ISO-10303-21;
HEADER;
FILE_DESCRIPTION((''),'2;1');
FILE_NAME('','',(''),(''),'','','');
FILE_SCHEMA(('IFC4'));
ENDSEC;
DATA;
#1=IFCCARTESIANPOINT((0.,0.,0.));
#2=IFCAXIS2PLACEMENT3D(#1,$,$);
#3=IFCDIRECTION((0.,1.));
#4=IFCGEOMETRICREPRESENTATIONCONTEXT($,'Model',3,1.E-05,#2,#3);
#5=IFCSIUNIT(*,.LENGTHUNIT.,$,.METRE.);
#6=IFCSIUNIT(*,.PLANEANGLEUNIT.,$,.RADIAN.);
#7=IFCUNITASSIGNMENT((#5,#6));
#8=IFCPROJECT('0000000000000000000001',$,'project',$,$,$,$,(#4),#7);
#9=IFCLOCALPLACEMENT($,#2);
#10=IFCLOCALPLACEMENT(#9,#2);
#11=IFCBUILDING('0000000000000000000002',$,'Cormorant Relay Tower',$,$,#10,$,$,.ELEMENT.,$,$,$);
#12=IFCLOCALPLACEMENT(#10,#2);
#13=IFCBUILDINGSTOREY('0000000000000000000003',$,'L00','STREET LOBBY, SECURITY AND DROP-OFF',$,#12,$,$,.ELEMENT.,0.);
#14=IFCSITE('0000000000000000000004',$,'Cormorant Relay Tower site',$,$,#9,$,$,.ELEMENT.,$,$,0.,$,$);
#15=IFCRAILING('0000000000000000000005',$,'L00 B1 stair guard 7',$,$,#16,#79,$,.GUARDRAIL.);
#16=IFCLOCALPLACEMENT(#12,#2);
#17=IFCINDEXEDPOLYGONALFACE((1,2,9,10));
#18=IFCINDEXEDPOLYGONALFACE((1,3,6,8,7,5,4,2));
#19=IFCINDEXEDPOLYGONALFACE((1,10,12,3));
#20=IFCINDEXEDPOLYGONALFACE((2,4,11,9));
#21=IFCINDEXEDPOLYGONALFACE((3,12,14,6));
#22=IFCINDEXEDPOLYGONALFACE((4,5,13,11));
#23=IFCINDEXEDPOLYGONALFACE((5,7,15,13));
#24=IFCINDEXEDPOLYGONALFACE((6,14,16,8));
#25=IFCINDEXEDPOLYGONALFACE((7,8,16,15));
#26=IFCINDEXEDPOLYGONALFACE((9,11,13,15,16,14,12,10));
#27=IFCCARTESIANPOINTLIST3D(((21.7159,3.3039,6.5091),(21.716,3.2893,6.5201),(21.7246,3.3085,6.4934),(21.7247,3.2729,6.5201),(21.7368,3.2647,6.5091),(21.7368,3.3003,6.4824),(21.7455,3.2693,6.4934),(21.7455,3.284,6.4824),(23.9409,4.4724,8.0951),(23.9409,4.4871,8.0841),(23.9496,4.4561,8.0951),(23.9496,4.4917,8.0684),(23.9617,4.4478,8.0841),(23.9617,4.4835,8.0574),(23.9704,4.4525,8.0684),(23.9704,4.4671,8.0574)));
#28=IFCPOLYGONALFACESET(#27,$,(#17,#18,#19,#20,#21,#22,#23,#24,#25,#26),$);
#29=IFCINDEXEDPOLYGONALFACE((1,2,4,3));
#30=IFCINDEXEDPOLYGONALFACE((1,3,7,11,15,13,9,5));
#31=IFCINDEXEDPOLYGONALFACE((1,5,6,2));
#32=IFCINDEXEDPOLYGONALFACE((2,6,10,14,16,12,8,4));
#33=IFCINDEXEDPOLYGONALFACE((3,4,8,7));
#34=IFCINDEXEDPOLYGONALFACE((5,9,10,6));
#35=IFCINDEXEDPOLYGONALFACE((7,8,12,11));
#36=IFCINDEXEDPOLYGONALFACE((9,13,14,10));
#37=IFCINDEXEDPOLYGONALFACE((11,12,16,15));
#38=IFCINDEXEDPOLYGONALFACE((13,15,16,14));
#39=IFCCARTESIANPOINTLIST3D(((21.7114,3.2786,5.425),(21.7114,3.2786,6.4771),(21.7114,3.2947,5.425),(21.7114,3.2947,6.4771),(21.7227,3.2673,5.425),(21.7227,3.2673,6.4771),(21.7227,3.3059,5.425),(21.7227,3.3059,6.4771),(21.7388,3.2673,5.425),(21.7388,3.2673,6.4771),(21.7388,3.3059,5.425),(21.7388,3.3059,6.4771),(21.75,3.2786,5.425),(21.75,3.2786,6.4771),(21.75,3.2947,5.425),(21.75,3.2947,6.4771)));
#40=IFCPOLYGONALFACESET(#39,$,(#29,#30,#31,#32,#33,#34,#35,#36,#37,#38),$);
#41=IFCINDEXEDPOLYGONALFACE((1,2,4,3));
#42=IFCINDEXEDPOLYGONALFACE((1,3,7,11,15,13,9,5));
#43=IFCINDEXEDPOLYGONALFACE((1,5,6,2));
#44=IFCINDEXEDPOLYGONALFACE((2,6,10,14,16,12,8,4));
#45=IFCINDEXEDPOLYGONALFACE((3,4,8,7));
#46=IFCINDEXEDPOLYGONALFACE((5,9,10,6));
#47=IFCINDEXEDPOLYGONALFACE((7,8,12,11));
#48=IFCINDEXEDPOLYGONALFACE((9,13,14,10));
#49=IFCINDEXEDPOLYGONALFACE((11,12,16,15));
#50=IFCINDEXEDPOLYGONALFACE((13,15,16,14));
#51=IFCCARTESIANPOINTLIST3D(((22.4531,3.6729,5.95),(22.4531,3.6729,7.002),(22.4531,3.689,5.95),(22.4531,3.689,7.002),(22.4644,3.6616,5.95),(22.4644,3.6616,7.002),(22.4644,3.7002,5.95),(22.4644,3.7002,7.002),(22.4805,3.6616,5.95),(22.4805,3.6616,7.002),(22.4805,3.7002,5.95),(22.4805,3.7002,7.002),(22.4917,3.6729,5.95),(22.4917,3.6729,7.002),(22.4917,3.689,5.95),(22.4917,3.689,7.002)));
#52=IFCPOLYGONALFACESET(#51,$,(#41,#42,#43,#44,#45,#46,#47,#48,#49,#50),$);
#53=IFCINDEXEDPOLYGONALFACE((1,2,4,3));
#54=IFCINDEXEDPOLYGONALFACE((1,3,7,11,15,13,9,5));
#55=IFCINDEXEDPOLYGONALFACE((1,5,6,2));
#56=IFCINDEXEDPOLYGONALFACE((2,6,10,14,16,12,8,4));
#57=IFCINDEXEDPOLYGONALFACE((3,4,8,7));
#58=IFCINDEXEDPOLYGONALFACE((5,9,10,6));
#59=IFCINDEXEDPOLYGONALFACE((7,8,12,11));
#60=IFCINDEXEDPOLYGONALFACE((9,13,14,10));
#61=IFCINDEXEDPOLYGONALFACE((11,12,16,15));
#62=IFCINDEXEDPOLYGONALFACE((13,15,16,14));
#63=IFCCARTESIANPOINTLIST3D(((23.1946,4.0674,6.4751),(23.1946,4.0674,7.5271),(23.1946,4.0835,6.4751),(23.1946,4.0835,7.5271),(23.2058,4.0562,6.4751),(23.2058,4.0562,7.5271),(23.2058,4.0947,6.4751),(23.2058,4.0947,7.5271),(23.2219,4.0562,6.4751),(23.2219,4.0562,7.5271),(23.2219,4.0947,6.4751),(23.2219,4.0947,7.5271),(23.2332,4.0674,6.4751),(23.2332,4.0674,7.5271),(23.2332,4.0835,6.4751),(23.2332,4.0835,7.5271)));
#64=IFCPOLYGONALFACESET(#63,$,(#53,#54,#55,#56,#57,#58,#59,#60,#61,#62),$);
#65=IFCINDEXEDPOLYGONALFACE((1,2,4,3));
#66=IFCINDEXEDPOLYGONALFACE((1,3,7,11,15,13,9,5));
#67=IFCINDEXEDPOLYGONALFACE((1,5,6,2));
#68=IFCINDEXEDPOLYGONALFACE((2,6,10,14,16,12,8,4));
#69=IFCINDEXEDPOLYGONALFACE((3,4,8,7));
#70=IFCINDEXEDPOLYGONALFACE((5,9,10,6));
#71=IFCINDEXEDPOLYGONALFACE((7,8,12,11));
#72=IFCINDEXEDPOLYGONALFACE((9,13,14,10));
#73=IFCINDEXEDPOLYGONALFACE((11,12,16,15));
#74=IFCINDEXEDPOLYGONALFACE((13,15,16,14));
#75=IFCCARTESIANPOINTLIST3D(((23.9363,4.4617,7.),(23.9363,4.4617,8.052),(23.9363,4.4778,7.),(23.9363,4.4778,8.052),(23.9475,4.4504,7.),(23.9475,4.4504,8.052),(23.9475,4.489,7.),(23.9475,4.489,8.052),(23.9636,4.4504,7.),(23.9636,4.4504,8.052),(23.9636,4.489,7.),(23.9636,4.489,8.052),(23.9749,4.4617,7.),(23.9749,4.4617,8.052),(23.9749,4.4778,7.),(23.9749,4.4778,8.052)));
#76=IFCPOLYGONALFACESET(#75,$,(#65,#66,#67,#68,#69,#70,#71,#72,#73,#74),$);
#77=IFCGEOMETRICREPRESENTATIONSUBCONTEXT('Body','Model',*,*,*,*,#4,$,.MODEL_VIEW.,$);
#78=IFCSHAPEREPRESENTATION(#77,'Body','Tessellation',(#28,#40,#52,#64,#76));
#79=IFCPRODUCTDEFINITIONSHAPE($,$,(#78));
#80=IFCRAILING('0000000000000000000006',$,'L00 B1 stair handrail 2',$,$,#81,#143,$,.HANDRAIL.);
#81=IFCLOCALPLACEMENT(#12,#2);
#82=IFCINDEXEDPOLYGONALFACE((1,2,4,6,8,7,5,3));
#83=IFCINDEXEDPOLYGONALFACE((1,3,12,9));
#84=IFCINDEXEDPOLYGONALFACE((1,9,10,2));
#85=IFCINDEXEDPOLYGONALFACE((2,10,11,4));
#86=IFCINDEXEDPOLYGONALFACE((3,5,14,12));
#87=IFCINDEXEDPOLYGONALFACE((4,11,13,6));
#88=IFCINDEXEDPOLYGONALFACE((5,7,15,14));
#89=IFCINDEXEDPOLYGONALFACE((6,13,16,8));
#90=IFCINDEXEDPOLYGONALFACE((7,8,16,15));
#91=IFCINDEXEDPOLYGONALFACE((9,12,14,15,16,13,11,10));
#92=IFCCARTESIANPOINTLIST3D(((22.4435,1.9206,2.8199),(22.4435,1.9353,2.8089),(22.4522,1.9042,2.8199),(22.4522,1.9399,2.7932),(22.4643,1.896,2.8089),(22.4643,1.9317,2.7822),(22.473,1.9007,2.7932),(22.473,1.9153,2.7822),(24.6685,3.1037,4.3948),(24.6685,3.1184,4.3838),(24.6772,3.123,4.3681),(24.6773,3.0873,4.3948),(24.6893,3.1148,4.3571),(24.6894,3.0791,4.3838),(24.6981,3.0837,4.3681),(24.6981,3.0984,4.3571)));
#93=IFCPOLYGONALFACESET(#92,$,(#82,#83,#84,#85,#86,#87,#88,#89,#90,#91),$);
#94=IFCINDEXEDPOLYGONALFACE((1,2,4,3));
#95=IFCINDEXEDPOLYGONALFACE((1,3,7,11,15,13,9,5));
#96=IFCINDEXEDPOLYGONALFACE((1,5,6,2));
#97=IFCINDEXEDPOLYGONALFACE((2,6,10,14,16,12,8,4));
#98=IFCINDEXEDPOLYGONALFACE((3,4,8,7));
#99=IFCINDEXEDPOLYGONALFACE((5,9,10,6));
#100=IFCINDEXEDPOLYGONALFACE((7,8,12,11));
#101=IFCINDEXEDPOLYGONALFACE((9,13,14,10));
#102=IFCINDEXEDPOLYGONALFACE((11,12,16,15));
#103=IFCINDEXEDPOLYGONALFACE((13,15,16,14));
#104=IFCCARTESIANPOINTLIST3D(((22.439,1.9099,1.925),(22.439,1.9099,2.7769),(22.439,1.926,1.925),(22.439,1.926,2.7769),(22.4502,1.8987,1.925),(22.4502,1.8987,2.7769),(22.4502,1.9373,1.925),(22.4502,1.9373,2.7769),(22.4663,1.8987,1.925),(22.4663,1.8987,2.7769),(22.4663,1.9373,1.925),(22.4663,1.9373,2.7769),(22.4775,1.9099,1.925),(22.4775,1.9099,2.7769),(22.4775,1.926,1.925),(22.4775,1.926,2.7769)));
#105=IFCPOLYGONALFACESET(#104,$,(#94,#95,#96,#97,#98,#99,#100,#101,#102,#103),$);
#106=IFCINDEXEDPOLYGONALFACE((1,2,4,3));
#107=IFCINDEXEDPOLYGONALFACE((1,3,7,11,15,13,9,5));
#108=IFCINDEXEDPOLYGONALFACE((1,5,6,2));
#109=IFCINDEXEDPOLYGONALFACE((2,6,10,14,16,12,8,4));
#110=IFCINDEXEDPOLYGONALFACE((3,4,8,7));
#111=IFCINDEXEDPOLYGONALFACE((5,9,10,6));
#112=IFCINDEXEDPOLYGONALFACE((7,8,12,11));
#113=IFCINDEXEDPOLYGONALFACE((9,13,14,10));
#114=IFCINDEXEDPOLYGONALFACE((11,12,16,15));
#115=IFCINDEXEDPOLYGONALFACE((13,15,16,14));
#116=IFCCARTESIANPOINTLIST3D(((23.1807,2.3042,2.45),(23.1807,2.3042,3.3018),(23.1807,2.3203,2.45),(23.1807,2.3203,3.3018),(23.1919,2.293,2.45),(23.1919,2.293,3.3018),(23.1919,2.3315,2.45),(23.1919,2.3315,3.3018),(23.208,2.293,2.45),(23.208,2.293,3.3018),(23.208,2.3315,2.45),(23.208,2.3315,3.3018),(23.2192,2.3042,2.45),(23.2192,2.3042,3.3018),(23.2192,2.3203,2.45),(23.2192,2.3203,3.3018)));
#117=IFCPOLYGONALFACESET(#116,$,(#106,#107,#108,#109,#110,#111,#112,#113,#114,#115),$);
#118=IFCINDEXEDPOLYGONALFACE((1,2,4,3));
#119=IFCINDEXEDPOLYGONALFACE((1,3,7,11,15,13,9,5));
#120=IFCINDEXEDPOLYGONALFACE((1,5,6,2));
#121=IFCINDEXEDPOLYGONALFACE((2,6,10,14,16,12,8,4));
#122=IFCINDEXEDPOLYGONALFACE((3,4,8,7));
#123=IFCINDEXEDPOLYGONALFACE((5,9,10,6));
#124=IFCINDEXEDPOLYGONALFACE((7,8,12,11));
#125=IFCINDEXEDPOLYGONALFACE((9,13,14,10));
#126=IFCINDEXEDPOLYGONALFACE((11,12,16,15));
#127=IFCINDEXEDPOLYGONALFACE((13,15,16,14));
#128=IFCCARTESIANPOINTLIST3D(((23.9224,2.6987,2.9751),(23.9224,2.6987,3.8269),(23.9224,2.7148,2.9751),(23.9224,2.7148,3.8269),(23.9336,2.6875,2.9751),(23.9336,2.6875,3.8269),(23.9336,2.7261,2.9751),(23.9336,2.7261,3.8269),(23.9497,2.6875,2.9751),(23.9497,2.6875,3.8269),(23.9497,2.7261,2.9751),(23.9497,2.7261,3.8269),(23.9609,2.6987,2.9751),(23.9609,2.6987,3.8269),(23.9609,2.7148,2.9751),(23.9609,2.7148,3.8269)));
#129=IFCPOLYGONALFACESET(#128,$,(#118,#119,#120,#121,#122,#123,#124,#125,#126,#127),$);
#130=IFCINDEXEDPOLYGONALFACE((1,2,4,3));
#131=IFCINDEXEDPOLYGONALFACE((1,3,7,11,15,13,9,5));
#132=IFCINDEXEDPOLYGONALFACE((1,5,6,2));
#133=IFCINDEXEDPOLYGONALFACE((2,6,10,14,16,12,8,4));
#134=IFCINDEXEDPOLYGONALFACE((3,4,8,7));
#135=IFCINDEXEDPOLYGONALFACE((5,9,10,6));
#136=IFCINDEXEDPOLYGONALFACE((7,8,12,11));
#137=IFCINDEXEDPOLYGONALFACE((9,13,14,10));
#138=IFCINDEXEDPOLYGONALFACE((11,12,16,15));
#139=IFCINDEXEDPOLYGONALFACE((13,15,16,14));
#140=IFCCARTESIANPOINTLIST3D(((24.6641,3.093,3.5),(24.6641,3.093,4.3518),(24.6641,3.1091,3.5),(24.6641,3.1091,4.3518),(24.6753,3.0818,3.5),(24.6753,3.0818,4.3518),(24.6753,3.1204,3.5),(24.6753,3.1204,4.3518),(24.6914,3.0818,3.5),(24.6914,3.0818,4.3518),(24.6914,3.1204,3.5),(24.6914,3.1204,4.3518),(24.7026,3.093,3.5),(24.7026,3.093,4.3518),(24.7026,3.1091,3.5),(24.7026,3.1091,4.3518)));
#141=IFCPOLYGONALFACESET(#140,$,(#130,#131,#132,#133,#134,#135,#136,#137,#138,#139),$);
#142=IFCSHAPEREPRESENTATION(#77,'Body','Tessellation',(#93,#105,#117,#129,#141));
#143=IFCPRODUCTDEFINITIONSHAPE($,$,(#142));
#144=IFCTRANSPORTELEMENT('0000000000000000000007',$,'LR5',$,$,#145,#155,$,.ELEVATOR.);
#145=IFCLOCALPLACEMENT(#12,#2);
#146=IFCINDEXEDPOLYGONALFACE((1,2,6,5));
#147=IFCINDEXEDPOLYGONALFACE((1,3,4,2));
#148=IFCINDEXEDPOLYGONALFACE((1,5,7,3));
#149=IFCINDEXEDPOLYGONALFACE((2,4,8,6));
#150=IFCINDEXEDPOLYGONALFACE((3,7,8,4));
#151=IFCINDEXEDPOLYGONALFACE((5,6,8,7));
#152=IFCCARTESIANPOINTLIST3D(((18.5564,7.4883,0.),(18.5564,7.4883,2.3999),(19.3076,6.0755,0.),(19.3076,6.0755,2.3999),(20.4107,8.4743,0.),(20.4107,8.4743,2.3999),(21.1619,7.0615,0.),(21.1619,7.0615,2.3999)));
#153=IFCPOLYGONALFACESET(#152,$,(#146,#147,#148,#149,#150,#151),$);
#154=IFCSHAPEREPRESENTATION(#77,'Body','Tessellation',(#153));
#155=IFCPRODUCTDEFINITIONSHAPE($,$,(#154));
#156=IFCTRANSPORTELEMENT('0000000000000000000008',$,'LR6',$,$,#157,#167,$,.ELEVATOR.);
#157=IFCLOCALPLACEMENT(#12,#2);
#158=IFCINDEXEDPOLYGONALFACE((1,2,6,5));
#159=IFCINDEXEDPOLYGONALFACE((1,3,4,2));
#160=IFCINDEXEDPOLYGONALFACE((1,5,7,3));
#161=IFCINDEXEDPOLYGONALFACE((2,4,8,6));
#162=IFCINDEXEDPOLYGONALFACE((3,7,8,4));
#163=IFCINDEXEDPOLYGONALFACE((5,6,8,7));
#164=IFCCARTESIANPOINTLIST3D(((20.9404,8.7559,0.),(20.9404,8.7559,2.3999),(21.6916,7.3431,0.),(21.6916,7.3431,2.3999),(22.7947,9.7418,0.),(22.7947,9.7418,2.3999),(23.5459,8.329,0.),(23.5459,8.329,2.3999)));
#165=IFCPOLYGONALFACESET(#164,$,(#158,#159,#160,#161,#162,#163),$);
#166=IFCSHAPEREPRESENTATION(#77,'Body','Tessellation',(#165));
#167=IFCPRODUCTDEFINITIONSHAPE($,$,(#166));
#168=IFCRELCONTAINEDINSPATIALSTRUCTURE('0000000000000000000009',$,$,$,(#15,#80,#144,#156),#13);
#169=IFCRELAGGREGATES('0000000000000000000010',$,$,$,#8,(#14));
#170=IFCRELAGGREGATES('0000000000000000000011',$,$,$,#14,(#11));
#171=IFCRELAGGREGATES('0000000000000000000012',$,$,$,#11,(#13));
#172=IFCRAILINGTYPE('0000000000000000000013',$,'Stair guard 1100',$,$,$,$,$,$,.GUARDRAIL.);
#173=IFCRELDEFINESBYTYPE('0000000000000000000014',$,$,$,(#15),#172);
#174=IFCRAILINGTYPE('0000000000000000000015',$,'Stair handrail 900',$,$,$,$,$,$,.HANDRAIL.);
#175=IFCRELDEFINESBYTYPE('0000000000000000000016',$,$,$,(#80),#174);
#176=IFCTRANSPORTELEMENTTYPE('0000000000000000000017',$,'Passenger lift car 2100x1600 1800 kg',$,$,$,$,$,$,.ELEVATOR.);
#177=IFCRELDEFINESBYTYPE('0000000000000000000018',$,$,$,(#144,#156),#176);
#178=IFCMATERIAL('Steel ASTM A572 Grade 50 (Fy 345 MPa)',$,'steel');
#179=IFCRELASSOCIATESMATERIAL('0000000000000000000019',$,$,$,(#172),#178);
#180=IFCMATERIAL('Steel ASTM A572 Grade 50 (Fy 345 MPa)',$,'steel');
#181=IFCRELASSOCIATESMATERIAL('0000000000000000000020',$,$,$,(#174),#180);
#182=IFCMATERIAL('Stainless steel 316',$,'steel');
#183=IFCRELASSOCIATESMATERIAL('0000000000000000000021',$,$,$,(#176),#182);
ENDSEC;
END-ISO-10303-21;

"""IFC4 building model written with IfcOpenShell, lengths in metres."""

from ifc_helpers import new_model, si_unit, direction, frame, origin, origin_2d, place, context, subcontext, project, spatial, polyline, rectangle, outline, extrude, material, type_object, element, save


model = new_model("IFC4")

# Units and contexts
model_context = context("Model", 3, precision=1e-05, world=origin(), true_north=direction((0.0, 1.0)))
body_context = subcontext(model_context, "Body", "Model", "MODEL_VIEW")
ifc_project = project(units=[si_unit("LENGTHUNIT", "METRE"), si_unit("PLANEANGLEUNIT", "RADIAN")], contexts=[model_context])

# Site, building, storey
site_placement = place(None, origin())
site = spatial("IfcSite", under=ifc_project, at=site_placement, Name="Cormorant Relay Tower site", CompositionType="ELEMENT", RefElevation=0.0)
building_placement = place(site_placement, origin())
building = spatial("IfcBuilding", under=site, at=building_placement, Name="Cormorant Relay Tower", CompositionType="ELEMENT")
storey_placement = place(building_placement, origin())
storey = spatial("IfcBuildingStorey", under=building, at=storey_placement, Name="L00", Description="STREET LOBBY, SECURITY AND DROP-OFF", CompositionType="ELEMENT", Elevation=0.0)

# Railings
ifc_material_1 = material(Name="Steel ASTM A572 Grade 50 (Fy 345 MPa)", Category="steel")
railing_type_1 = type_object("IfcRailingType", Name="Stair guard 1100", PredefinedType="GUARDRAIL", material=ifc_material_1)
railing_1_placement = place(storey_placement, frame((21.7307, 3.2866, 5.425)))
element("IfcRailing", 1, at=railing_1_placement, inside=storey, type_object=railing_type_1, Name="L00 B1 stair guard 7", PredefinedType="GUARDRAIL", context=body_context, shape_type="SweptSolid", body=[
    extrude(outline(polyline([(0.0222, 0.0093), (0.0093, 0.0222), (-0.0093, 0.0222), (-0.0222, 0.0093), (-0.0222, -0.0093), (-0.0093, -0.0222), (0.0093, -0.0222), (0.0222, -0.0093), (0.0222, 0.0093)])), frame((0.0, 0.0, 1.0762), z_axis=(0.748715, 0.398143, 0.530008), x_axis=(-0.469512, 0.882926, 0.0)), (0.0, 0.0, 1.0), 2.9717),
    extrude(outline(polyline([(0.0193, 0.0081), (0.0081, 0.0193), (-0.0081, 0.0193), (-0.0193, 0.0081), (-0.0193, -0.0081), (-0.0081, -0.0193), (0.0081, -0.0193), (0.0193, -0.0081), (0.0193, 0.0081)])), origin(), (0.0, 0.0, 1.0), 1.052),
    extrude(outline(polyline([(0.0193, 0.0081), (0.0081, 0.0193), (-0.0081, 0.0193), (-0.0193, 0.0081), (-0.0193, -0.0081), (-0.0081, -0.0193), (0.0081, -0.0193), (0.0193, -0.0081), (0.0193, 0.0081)])), frame((0.7417, 0.3943, 0.5249)), (0.0, 0.0, 1.0), 1.052),
    extrude(outline(polyline([(0.0193, 0.0081), (0.0081, 0.0193), (-0.0081, 0.0193), (-0.0193, 0.0081), (-0.0193, -0.0081), (-0.0081, -0.0193), (0.0081, -0.0193), (0.0193, -0.0081), (0.0193, 0.0081)])), frame((1.4832, 0.7888, 1.05)), (0.0, 0.0, 1.0), 1.052),
    extrude(outline(polyline([(0.0193, 0.0081), (0.0081, 0.0193), (-0.0081, 0.0193), (-0.0193, 0.0081), (-0.0193, -0.0081), (-0.0081, -0.0193), (0.0081, -0.0193), (0.0193, -0.0081), (0.0193, 0.0081)])), frame((2.2249, 1.1831, 1.575)), (0.0, 0.0, 1.0), 1.052),
])
ifc_material_2 = material(Name="Steel ASTM A572 Grade 50 (Fy 345 MPa)", Category="steel")
railing_type_2 = type_object("IfcRailingType", Name="Stair handrail 900", PredefinedType="HANDRAIL", material=ifc_material_2)
railing_2_placement = place(storey_placement, frame((22.4583, 1.918, 1.925)))
element("IfcRailing", 2, at=railing_2_placement, inside=storey, type_object=railing_type_2, Name="L00 B1 stair handrail 2", PredefinedType="HANDRAIL", context=body_context, shape_type="SweptSolid", body=[
    extrude(outline(polyline([(0.0222, 0.0093), (0.0093, 0.0222), (-0.0093, 0.0222), (-0.0222, 0.0093), (-0.0222, -0.0093), (-0.0093, -0.0222), (0.0093, -0.0222), (0.0222, -0.0093), (0.0222, 0.0093)])), frame((0.0, 0.0, 0.876), z_axis=(0.748751, 0.398118, 0.529975), x_axis=(-0.469472, 0.882948, 0.0)), (0.0, 0.0, 1.0), 2.9717),
    extrude(outline(polyline([(0.0193, 0.0081), (0.0081, 0.0193), (-0.0081, 0.0193), (-0.0193, 0.0081), (-0.0193, -0.0081), (-0.0081, -0.0193), (0.0081, -0.0193), (0.0193, -0.0081), (0.0193, 0.0081)])), origin(), (0.0, 0.0, 1.0), 0.8518),
    extrude(outline(polyline([(0.0193, 0.0081), (0.0081, 0.0193), (-0.0081, 0.0193), (-0.0193, 0.0081), (-0.0193, -0.0081), (-0.0081, -0.0193), (0.0081, -0.0193), (0.0193, -0.0081), (0.0193, 0.0081)])), frame((0.7417, 0.3943, 0.5249)), (0.0, 0.0, 1.0), 0.8518),
    extrude(outline(polyline([(0.0193, 0.0081), (0.0081, 0.0193), (-0.0081, 0.0193), (-0.0193, 0.0081), (-0.0193, -0.0081), (-0.0081, -0.0193), (0.0081, -0.0193), (0.0193, -0.0081), (0.0193, 0.0081)])), frame((1.4834, 0.7888, 1.05)), (0.0, 0.0, 1.0), 0.8518),
    extrude(outline(polyline([(0.0193, 0.0081), (0.0081, 0.0193), (-0.0081, 0.0193), (-0.0193, 0.0081), (-0.0193, -0.0081), (-0.0081, -0.0193), (0.0081, -0.0193), (0.0193, -0.0081), (0.0193, 0.0081)])), frame((2.2251, 1.1831, 1.575)), (0.0, 0.0, 1.0), 0.8518),
])

# Transport elements
ifc_material_3 = material(Name="Stainless steel 316", Category="steel")
transport_element_type = type_object("IfcTransportElementType", Name="Passenger lift car 2100x1600 1800 kg", PredefinedType="ELEVATOR", material=ifc_material_3)
for number, where, z_axis, x_axis, name in (
    (3, (19.8591, 7.2749, 0.0), (0.0, 0.0, 1.0), (0.882948, 0.469472, 0.0), "LR5"),
    (4, (22.2432, 8.5425, 0.0), (0.0, 0.0, 1.0), (0.882948, 0.469472, 0.0), "LR6"),
):
    element("IfcTransportElement", number, at=place(storey_placement, frame(where, z_axis=z_axis, x_axis=x_axis)), inside=storey, type_object=transport_element_type, Name=name, PredefinedType="ELEVATOR", context=body_context, shape_type="SweptSolid", body=[
        extrude(rectangle(XDim=2.1001, YDim=1.6001, at=origin_2d()), origin(), (0.0, 0.0, 1.0), 2.3999),
    ])

save(model, "model.ifc")
